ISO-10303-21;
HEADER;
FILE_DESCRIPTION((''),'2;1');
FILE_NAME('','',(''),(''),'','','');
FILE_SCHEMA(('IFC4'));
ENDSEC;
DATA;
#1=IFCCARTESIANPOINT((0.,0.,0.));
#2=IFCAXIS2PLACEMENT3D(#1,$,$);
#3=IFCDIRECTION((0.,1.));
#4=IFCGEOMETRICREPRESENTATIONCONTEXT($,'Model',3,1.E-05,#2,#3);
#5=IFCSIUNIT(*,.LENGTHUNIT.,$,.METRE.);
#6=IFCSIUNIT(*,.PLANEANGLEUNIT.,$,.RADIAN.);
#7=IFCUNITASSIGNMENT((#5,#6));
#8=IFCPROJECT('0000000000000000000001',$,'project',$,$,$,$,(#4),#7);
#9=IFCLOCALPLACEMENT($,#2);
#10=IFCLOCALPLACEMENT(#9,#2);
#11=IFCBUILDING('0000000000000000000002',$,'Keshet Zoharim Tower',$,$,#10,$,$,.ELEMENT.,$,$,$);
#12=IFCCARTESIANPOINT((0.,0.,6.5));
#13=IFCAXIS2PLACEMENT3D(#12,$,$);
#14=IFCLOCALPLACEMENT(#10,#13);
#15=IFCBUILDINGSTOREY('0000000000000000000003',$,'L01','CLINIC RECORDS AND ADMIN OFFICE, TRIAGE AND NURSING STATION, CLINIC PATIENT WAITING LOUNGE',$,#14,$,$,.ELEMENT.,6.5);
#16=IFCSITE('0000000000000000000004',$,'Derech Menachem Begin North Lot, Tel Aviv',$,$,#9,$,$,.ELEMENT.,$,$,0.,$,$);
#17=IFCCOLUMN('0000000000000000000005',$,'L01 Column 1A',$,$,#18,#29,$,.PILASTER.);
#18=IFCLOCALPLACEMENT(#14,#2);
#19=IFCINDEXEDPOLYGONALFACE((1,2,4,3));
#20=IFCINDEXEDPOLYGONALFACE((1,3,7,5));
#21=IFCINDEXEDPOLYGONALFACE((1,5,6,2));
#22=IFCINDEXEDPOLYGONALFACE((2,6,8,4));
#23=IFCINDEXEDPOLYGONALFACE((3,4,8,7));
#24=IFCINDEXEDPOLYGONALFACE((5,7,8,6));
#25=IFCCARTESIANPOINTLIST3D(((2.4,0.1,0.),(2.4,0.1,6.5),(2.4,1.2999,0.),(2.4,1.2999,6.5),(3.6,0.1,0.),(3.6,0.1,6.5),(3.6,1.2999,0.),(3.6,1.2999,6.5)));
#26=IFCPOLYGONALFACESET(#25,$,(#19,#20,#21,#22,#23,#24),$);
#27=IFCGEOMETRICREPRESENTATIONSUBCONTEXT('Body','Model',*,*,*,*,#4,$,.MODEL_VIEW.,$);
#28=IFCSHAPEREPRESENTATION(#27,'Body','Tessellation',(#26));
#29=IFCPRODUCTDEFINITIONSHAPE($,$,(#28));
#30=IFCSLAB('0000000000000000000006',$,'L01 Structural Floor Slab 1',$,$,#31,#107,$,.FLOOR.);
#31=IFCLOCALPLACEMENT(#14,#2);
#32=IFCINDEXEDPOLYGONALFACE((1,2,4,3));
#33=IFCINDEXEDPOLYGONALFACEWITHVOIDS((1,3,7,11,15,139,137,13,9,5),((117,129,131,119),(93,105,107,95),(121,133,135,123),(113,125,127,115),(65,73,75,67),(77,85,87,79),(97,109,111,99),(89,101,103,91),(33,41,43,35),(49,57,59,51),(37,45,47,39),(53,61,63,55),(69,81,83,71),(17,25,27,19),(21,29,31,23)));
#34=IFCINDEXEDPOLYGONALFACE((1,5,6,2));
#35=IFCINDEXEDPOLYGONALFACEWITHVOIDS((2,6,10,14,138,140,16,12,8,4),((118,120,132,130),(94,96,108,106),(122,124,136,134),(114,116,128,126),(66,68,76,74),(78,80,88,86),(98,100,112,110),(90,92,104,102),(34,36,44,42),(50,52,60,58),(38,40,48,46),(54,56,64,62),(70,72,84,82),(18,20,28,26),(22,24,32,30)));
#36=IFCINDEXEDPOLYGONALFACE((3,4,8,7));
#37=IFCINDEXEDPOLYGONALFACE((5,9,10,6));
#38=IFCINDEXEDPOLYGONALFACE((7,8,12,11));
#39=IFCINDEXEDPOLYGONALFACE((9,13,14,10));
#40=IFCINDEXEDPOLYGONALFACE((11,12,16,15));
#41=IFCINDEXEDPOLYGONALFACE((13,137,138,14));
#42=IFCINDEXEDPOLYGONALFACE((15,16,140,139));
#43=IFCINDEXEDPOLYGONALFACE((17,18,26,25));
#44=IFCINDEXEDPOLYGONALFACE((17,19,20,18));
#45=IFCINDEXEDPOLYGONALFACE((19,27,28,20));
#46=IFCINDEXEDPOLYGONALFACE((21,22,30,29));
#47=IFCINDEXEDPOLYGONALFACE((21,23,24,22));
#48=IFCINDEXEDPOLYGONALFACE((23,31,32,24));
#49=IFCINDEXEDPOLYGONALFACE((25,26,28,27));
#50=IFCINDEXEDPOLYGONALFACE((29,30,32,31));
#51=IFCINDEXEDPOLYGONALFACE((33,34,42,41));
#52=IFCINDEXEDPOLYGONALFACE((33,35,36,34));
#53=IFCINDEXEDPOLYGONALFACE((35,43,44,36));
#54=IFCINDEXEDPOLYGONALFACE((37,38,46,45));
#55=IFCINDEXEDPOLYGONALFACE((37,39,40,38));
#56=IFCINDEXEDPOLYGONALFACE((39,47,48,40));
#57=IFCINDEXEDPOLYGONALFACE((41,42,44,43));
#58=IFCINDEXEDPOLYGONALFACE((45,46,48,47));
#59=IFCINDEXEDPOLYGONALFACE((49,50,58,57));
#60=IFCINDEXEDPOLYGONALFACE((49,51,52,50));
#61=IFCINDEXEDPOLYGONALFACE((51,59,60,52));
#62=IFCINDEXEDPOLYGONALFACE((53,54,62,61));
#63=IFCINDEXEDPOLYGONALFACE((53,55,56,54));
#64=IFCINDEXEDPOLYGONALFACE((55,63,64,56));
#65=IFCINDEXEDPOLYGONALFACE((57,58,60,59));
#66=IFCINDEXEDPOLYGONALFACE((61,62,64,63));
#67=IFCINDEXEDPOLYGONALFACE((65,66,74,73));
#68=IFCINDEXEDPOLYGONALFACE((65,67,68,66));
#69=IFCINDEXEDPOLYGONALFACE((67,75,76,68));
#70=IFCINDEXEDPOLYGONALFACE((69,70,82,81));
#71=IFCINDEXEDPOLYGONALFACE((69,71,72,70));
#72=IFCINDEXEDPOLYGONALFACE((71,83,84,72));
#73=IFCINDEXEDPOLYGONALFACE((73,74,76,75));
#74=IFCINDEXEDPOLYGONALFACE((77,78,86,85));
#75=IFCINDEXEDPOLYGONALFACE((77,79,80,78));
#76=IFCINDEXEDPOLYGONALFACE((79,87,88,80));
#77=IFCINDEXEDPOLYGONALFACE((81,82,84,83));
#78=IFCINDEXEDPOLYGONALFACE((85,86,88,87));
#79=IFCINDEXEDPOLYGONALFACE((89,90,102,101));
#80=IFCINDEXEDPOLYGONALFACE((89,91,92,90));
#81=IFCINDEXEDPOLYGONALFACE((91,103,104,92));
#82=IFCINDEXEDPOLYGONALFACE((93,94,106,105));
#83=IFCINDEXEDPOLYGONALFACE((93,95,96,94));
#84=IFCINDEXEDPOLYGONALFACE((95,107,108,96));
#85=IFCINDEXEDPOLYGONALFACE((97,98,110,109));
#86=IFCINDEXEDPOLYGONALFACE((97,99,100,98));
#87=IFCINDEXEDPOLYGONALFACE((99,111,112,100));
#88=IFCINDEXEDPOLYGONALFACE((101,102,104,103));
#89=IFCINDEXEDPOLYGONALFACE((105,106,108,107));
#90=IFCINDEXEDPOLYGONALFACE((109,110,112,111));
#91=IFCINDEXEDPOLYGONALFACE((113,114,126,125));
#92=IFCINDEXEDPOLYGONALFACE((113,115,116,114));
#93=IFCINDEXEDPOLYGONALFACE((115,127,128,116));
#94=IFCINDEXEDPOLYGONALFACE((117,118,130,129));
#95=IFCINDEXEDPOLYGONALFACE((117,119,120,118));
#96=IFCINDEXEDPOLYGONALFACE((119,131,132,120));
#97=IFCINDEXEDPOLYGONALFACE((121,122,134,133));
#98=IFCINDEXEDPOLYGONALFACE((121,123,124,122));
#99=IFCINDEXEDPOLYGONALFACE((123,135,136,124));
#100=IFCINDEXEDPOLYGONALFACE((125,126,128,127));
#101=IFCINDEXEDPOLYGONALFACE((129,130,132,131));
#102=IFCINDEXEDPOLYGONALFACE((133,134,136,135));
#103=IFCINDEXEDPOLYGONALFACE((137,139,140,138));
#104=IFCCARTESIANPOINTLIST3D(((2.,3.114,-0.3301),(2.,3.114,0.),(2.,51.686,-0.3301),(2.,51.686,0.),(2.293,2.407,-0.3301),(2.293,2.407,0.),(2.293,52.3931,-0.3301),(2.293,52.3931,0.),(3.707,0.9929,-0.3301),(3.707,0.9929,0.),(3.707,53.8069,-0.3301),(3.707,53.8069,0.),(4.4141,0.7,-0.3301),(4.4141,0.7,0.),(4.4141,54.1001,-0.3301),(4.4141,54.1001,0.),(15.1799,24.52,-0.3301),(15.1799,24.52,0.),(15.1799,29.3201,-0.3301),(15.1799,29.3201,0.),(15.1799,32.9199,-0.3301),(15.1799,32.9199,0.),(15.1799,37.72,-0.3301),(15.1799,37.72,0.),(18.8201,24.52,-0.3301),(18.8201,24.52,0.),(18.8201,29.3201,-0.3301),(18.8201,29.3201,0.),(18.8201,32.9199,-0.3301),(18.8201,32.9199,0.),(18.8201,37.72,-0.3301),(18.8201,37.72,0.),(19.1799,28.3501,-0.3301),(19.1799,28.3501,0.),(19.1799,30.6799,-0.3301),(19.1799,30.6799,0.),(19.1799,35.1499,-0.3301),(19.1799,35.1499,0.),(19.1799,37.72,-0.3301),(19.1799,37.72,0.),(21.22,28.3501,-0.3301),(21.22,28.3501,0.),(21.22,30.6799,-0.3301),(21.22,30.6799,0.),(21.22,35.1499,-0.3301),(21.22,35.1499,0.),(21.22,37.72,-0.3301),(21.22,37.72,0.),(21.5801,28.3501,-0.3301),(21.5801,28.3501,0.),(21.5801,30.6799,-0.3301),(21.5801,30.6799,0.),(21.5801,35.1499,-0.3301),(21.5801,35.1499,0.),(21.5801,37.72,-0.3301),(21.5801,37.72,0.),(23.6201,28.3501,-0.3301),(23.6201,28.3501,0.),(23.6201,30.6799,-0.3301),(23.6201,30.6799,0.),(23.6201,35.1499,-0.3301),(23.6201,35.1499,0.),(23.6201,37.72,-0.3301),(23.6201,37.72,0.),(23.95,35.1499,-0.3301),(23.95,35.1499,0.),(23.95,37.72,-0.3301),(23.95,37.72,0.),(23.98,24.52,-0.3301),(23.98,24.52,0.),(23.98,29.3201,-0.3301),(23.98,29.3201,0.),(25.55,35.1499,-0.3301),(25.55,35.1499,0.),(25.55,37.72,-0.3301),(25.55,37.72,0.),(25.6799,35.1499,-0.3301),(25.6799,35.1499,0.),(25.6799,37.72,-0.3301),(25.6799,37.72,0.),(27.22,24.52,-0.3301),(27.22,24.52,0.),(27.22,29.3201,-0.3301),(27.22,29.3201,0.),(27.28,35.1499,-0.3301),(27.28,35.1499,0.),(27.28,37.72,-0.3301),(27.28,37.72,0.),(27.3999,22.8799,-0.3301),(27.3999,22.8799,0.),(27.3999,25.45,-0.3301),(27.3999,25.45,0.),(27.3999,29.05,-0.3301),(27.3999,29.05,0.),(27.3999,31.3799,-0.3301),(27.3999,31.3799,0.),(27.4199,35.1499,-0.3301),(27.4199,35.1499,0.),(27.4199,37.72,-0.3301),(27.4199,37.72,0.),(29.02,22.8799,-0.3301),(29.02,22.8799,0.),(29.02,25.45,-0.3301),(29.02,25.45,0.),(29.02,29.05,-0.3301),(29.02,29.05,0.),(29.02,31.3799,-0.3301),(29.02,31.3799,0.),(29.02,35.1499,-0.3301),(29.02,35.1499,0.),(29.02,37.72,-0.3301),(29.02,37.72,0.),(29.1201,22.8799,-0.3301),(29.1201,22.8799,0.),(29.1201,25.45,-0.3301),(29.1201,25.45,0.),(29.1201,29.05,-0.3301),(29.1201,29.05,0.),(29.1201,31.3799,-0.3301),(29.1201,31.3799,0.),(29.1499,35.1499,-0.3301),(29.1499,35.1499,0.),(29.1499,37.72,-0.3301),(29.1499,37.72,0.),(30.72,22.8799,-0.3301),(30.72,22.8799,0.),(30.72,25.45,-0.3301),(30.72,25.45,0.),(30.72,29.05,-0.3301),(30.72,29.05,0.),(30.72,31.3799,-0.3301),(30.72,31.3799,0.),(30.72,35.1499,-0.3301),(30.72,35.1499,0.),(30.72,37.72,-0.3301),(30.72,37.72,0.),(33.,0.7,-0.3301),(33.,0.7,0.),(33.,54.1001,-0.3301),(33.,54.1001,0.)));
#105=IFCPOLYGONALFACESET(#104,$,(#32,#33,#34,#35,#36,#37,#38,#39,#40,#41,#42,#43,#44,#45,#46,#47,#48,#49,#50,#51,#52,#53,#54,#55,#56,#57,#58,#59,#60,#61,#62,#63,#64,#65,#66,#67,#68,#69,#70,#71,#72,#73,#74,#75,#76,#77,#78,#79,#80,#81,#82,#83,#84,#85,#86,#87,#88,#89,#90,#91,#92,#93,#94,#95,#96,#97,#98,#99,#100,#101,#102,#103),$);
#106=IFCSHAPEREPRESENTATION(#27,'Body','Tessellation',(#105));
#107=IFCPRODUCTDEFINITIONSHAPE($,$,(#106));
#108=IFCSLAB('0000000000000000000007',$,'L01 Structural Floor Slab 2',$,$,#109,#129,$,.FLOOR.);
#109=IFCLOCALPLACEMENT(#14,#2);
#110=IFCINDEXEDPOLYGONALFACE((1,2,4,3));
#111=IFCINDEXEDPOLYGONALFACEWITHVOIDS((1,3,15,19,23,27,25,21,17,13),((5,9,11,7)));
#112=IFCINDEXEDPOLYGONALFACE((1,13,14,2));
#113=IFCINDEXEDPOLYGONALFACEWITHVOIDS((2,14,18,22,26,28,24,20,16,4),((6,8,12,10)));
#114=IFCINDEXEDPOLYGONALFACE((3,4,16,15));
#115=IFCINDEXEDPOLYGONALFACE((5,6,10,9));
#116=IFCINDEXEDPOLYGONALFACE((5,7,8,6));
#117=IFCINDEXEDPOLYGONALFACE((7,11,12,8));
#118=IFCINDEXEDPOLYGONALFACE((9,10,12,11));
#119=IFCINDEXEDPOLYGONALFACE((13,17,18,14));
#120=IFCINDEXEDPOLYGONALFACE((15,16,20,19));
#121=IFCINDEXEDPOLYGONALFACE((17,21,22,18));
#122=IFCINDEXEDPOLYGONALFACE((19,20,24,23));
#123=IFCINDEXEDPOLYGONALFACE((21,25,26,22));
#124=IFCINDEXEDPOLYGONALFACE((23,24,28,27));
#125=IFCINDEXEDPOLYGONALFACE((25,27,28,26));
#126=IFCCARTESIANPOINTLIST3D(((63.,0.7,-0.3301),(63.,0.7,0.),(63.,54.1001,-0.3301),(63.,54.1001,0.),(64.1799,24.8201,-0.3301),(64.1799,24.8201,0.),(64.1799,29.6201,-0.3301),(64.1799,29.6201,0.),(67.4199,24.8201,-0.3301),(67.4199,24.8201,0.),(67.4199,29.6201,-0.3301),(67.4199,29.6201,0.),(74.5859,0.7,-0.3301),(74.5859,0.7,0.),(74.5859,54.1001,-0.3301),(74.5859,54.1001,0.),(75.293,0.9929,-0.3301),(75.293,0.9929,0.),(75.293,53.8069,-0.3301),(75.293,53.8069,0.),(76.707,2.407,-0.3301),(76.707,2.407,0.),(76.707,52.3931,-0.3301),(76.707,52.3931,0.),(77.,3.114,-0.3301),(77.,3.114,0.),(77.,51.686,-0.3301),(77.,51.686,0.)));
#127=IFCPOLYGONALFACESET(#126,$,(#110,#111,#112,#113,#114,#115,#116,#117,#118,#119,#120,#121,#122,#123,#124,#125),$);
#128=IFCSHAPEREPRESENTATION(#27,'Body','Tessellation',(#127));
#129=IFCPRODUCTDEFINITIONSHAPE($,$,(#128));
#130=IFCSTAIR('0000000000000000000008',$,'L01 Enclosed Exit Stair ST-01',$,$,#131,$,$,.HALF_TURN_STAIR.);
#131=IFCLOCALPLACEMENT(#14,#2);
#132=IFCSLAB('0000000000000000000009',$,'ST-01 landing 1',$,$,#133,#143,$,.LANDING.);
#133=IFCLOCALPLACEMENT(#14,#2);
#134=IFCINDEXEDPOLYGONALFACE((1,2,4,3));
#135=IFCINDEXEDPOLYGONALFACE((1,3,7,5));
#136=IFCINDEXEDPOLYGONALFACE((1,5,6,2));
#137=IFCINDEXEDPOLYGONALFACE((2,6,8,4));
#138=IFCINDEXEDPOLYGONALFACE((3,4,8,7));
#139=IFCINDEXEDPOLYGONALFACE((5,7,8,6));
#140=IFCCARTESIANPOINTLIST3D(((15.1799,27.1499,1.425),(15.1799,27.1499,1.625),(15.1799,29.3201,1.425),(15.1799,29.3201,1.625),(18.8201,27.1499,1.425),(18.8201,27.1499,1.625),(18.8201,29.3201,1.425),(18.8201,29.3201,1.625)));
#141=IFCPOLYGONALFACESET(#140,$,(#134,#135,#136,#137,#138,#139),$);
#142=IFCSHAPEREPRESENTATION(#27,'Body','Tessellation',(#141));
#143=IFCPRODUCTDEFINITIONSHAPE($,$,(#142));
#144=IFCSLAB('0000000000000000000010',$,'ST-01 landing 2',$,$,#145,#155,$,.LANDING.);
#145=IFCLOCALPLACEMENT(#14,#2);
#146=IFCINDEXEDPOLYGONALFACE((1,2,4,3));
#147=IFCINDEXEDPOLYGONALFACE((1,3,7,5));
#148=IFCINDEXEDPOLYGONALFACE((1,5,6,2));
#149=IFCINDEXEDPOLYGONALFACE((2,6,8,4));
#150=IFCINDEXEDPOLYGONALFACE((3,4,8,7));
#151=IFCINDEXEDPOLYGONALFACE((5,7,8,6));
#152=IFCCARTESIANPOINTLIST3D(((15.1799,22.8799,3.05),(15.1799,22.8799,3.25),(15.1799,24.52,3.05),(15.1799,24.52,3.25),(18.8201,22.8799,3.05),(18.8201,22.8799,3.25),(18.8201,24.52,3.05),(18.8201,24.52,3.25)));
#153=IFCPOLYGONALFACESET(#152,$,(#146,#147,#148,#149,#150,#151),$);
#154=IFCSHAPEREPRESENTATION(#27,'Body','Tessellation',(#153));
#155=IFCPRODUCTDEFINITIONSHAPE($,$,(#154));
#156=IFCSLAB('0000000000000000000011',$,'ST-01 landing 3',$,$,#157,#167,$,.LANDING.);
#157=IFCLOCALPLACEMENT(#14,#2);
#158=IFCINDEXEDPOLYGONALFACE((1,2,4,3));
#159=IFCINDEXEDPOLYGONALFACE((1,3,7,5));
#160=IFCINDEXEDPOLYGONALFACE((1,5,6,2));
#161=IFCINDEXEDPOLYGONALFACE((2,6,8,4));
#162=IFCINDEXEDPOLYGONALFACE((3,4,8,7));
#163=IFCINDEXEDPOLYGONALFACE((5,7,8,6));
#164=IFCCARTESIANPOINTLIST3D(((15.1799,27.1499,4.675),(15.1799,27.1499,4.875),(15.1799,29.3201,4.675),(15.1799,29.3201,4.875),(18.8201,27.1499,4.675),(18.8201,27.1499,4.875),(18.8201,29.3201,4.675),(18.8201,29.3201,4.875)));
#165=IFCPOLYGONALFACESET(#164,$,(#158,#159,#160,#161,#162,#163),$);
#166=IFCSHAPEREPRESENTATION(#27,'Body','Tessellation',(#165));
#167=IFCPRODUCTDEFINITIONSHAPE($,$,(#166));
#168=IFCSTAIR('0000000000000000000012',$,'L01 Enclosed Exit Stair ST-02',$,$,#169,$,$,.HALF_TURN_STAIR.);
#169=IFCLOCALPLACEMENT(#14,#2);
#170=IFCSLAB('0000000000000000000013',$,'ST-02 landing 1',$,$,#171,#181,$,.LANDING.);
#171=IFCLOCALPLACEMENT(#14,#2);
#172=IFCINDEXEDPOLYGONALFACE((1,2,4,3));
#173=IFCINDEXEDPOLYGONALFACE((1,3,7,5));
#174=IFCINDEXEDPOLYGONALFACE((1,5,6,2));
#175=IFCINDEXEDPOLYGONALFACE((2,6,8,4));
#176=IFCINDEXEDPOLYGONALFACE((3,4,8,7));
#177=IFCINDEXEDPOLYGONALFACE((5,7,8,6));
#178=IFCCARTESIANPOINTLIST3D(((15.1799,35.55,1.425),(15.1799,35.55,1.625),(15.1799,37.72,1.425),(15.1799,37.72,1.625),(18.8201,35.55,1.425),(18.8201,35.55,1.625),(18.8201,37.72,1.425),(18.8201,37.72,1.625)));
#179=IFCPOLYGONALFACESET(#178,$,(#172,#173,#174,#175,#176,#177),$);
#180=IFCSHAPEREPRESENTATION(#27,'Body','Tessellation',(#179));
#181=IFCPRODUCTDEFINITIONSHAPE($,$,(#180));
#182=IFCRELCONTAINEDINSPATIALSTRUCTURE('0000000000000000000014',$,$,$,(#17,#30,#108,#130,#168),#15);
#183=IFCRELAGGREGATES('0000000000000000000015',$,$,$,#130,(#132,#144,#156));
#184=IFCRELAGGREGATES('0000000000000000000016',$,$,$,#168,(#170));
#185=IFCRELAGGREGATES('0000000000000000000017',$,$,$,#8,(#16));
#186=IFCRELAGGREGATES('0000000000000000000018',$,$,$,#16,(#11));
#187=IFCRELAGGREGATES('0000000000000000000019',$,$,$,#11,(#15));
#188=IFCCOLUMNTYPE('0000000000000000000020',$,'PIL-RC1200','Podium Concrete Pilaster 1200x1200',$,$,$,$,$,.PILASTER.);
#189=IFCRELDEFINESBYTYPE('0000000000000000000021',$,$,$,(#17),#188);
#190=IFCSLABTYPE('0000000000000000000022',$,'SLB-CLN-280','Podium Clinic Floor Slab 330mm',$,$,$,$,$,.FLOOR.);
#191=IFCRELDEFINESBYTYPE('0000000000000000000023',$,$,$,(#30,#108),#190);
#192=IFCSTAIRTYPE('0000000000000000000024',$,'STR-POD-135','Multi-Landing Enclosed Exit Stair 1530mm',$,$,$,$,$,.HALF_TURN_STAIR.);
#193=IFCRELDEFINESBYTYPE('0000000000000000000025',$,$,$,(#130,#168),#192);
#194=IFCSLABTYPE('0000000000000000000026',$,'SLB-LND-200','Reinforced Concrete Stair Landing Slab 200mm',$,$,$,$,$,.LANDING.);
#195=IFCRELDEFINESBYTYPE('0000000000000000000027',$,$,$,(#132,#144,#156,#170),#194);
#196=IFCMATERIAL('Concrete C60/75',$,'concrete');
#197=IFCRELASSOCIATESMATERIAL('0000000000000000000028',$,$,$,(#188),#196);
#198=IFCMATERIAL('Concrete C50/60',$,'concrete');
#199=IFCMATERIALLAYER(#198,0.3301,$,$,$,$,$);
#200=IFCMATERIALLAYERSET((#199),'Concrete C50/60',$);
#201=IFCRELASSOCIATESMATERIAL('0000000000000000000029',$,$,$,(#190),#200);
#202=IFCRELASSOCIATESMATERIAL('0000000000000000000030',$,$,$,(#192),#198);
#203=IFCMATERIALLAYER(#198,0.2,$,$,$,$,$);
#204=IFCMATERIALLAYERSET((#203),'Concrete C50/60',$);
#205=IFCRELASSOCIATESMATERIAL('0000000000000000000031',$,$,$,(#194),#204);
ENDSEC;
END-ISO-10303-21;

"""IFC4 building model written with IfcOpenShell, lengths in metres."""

from ifc_helpers import new_model, si_unit, direction, frame, origin, origin_2d, place, context, subcontext, project, spatial, polyline, rectangle, outline, extrude, material, layer, layer_set, material_profile, profile_set, type_object, element, aggregate, save


model = new_model("IFC4")

# Units and contexts
model_context = context("Model", 3, precision=1e-05, world=origin(), true_north=direction((0.0, 1.0)))
body_context = subcontext(model_context, "Body", "Model", "MODEL_VIEW")
ifc_project = project(units=[si_unit("LENGTHUNIT", "METRE"), si_unit("PLANEANGLEUNIT", "RADIAN")], contexts=[model_context])

# Site, building, storey
site_placement = place(None, origin())
site = spatial("IfcSite", under=ifc_project, at=site_placement, Name="Derech Menachem Begin North Lot, Tel Aviv", CompositionType="ELEMENT", RefElevation=0.0)
building_placement = place(site_placement, origin())
building = spatial("IfcBuilding", under=site, at=building_placement, Name="Keshet Zoharim Tower", CompositionType="ELEMENT")
storey_placement = place(building_placement, frame((0.0, 0.0, 6.5)))
storey = spatial("IfcBuildingStorey", under=building, at=storey_placement, Name="L01", Description="CLINIC RECORDS AND ADMIN OFFICE, TRIAGE AND NURSING STATION, CLINIC PATIENT WAITING LOUNGE", CompositionType="ELEMENT", Elevation=6.5)

# Column
ifc_material_1 = material(Name="Concrete C60/75", Category="concrete")
ifc_material_profile = material_profile(ifc_material_1, rectangle(XDim=1.2, YDim=1.2, at=origin_2d()), Name="RC1200x1200")
ifc_profile_set = profile_set([ifc_material_profile], Name="Concrete C60/75")
column_type = type_object("IfcColumnType", Name="PIL-RC1200", Description="Podium Concrete Pilaster 1200x1200", PredefinedType="PILASTER", material=ifc_profile_set)
column_placement = place(storey_placement, frame((3.0, 0.7, 0.0), z_axis=(0.0, 0.0, 1.0), x_axis=(1.0, 0.0, 0.0)))
element("IfcColumn", 1, at=column_placement, inside=storey, type_object=column_type, Name="L01 Column 1A", PredefinedType="PILASTER", context=body_context, shape_type="SweptSolid", body=[
    extrude(rectangle(XDim=1.2, YDim=1.2, at=origin_2d()), origin(), (0.0, 0.0, 1.0), 6.5),
])

# Slabs
ifc_material_2 = material(Name="Concrete C50/60", Category="concrete")
ifc_layer_1 = layer(ifc_material_2, 0.3301)
ifc_layer_set_1 = layer_set([ifc_layer_1], Name="Concrete C50/60")
slab_type_1 = type_object("IfcSlabType", Name="SLB-CLN-280", Description="Podium Clinic Floor Slab 330mm", PredefinedType="FLOOR", material=ifc_layer_set_1)
slab_1_placement = place(storey_placement, frame((0.0, 0.0, -0.3301)))
element("IfcSlab", 2, at=slab_1_placement, inside=storey, type_object=slab_type_1, Name="L01 Structural Floor Slab 1", PredefinedType="FLOOR", context=body_context, shape_type="SweptSolid", body=[
    extrude(outline(polyline([(2.0, 3.114), (2.0, 51.686), (2.293, 52.3931), (3.707, 53.8069), (4.4141, 54.1001), (33.0, 54.1001), (33.0, 0.7), (4.4141, 0.7), (3.707, 0.9929), (2.293, 2.407), (2.0, 3.114)]), holes=[polyline([(15.1799, 24.52), (18.8201, 24.52), (18.8201, 29.3201), (15.1799, 29.3201), (15.1799, 24.52)]), polyline([(15.1799, 32.9199), (18.8201, 32.9199), (18.8201, 37.72), (15.1799, 37.72), (15.1799, 32.9199)]), polyline([(23.98, 24.52), (27.22, 24.52), (27.22, 29.3201), (23.98, 29.3201), (23.98, 24.52)]), polyline([(19.1799, 35.1499), (21.22, 35.1499), (21.22, 37.72), (19.1799, 37.72), (19.1799, 35.1499)]), polyline([(21.5801, 35.1499), (23.6201, 35.1499), (23.6201, 37.72), (21.5801, 37.72), (21.5801, 35.1499)]), polyline([(19.1799, 28.3501), (21.22, 28.3501), (21.22, 30.6799), (19.1799, 30.6799), (19.1799, 28.3501)]), polyline([(21.5801, 28.3501), (23.6201, 28.3501), (23.6201, 30.6799), (21.5801, 30.6799), (21.5801, 28.3501)]), polyline([(23.95, 35.1499), (25.55, 35.1499), (25.55, 37.72), (23.95, 37.72), (23.95, 35.1499)]), polyline([(25.6799, 35.1499), (27.28, 35.1499), (27.28, 37.72), (25.6799, 37.72), (25.6799, 35.1499)]), polyline([(27.4199, 35.1499), (29.02, 35.1499), (29.02, 37.72), (27.4199, 37.72), (27.4199, 35.1499)]), polyline([(29.1499, 35.1499), (30.72, 35.1499), (30.72, 37.72), (29.1499, 37.72), (29.1499, 35.1499)]), polyline([(27.3999, 29.05), (29.02, 29.05), (29.02, 31.3799), (27.3999, 31.3799), (27.3999, 29.05)]), polyline([(29.1201, 29.05), (30.72, 29.05), (30.72, 31.3799), (29.1201, 31.3799), (29.1201, 29.05)]), polyline([(27.3999, 22.8799), (29.02, 22.8799), (29.02, 25.45), (27.3999, 25.45), (27.3999, 22.8799)]), polyline([(29.1201, 22.8799), (30.72, 22.8799), (30.72, 25.45), (29.1201, 25.45), (29.1201, 22.8799)])]), origin(), (0.0, 0.0, 1.0), 0.3301),
])
slab_2_placement = place(storey_placement, frame((0.0, 0.0, -0.3301)))
element("IfcSlab", 3, at=slab_2_placement, inside=storey, type_object=slab_type_1, Name="L01 Structural Floor Slab 2", PredefinedType="FLOOR", context=body_context, shape_type="SweptSolid", body=[
    extrude(outline(polyline([(74.5859, 54.1001), (75.293, 53.8069), (76.707, 52.3931), (77.0, 51.686), (77.0, 3.114), (76.707, 2.407), (75.293, 0.9929), (74.5859, 0.7), (63.0, 0.7), (63.0, 54.1001), (74.5859, 54.1001)]), holes=[polyline([(64.1799, 24.8201), (67.4199, 24.8201), (67.4199, 29.6201), (64.1799, 29.6201), (64.1799, 24.8201)])]), origin(), (0.0, 0.0, 1.0), 0.3301),
])

# Stairs, slabs
stair_type = type_object("IfcStairType", Name="STR-POD-135", Description="Multi-Landing Enclosed Exit Stair 1530mm", PredefinedType="HALF_TURN_STAIR", material=ifc_material_2)
stair_1_placement = place(storey_placement, origin())
stair_1 = element("IfcStair", 4, at=stair_1_placement, inside=storey, type_object=stair_type, Name="L01 Enclosed Exit Stair ST-01", PredefinedType="HALF_TURN_STAIR")
ifc_layer_2 = layer(ifc_material_2, 0.2)
ifc_layer_set_2 = layer_set([ifc_layer_2], Name="Concrete C50/60")
slab_type_2 = type_object("IfcSlabType", Name="SLB-LND-200", Description="Reinforced Concrete Stair Landing Slab 200mm", PredefinedType="LANDING", material=ifc_layer_set_2)
slab_3_placement = place(storey_placement, frame((0.0, 0.0, 1.425)))
slab_3 = element("IfcSlab", 5, at=slab_3_placement, type_object=slab_type_2, Name="ST-01 landing 1", PredefinedType="LANDING", context=body_context, shape_type="SweptSolid", body=[
    extrude(outline(polyline([(15.1799, 27.1499), (18.8201, 27.1499), (18.8201, 29.3201), (15.1799, 29.3201), (15.1799, 27.1499)])), origin(), (0.0, 0.0, 1.0), 0.2),
])
slab_4_placement = place(storey_placement, frame((0.0, 0.0, 3.05)))
slab_4 = element("IfcSlab", 6, at=slab_4_placement, type_object=slab_type_2, Name="ST-01 landing 2", PredefinedType="LANDING", context=body_context, shape_type="SweptSolid", body=[
    extrude(outline(polyline([(15.1799, 22.8799), (18.8201, 22.8799), (18.8201, 24.52), (15.1799, 24.52), (15.1799, 22.8799)])), origin(), (0.0, 0.0, 1.0), 0.2),
])
slab_5_placement = place(storey_placement, frame((0.0, 0.0, 4.675)))
slab_5 = element("IfcSlab", 7, at=slab_5_placement, type_object=slab_type_2, Name="ST-01 landing 3", PredefinedType="LANDING", context=body_context, shape_type="SweptSolid", body=[
    extrude(outline(polyline([(15.1799, 27.1499), (18.8201, 27.1499), (18.8201, 29.3201), (15.1799, 29.3201), (15.1799, 27.1499)])), origin(), (0.0, 0.0, 1.0), 0.2),
])
aggregate(stair_1, [slab_3, slab_4, slab_5])
stair_2_placement = place(storey_placement, origin())
stair_2 = element("IfcStair", 8, at=stair_2_placement, inside=storey, type_object=stair_type, Name="L01 Enclosed Exit Stair ST-02", PredefinedType="HALF_TURN_STAIR")
slab_6_placement = place(storey_placement, frame((0.0, 0.0, 1.425)))
slab_6 = element("IfcSlab", 9, at=slab_6_placement, type_object=slab_type_2, Name="ST-02 landing 1", PredefinedType="LANDING", context=body_context, shape_type="SweptSolid", body=[
    extrude(outline(polyline([(15.1799, 35.55), (18.8201, 35.55), (18.8201, 37.72), (15.1799, 37.72), (15.1799, 35.55)])), origin(), (0.0, 0.0, 1.0), 0.2),
])
aggregate(stair_2, [slab_6])

save(model, "model.ifc")
